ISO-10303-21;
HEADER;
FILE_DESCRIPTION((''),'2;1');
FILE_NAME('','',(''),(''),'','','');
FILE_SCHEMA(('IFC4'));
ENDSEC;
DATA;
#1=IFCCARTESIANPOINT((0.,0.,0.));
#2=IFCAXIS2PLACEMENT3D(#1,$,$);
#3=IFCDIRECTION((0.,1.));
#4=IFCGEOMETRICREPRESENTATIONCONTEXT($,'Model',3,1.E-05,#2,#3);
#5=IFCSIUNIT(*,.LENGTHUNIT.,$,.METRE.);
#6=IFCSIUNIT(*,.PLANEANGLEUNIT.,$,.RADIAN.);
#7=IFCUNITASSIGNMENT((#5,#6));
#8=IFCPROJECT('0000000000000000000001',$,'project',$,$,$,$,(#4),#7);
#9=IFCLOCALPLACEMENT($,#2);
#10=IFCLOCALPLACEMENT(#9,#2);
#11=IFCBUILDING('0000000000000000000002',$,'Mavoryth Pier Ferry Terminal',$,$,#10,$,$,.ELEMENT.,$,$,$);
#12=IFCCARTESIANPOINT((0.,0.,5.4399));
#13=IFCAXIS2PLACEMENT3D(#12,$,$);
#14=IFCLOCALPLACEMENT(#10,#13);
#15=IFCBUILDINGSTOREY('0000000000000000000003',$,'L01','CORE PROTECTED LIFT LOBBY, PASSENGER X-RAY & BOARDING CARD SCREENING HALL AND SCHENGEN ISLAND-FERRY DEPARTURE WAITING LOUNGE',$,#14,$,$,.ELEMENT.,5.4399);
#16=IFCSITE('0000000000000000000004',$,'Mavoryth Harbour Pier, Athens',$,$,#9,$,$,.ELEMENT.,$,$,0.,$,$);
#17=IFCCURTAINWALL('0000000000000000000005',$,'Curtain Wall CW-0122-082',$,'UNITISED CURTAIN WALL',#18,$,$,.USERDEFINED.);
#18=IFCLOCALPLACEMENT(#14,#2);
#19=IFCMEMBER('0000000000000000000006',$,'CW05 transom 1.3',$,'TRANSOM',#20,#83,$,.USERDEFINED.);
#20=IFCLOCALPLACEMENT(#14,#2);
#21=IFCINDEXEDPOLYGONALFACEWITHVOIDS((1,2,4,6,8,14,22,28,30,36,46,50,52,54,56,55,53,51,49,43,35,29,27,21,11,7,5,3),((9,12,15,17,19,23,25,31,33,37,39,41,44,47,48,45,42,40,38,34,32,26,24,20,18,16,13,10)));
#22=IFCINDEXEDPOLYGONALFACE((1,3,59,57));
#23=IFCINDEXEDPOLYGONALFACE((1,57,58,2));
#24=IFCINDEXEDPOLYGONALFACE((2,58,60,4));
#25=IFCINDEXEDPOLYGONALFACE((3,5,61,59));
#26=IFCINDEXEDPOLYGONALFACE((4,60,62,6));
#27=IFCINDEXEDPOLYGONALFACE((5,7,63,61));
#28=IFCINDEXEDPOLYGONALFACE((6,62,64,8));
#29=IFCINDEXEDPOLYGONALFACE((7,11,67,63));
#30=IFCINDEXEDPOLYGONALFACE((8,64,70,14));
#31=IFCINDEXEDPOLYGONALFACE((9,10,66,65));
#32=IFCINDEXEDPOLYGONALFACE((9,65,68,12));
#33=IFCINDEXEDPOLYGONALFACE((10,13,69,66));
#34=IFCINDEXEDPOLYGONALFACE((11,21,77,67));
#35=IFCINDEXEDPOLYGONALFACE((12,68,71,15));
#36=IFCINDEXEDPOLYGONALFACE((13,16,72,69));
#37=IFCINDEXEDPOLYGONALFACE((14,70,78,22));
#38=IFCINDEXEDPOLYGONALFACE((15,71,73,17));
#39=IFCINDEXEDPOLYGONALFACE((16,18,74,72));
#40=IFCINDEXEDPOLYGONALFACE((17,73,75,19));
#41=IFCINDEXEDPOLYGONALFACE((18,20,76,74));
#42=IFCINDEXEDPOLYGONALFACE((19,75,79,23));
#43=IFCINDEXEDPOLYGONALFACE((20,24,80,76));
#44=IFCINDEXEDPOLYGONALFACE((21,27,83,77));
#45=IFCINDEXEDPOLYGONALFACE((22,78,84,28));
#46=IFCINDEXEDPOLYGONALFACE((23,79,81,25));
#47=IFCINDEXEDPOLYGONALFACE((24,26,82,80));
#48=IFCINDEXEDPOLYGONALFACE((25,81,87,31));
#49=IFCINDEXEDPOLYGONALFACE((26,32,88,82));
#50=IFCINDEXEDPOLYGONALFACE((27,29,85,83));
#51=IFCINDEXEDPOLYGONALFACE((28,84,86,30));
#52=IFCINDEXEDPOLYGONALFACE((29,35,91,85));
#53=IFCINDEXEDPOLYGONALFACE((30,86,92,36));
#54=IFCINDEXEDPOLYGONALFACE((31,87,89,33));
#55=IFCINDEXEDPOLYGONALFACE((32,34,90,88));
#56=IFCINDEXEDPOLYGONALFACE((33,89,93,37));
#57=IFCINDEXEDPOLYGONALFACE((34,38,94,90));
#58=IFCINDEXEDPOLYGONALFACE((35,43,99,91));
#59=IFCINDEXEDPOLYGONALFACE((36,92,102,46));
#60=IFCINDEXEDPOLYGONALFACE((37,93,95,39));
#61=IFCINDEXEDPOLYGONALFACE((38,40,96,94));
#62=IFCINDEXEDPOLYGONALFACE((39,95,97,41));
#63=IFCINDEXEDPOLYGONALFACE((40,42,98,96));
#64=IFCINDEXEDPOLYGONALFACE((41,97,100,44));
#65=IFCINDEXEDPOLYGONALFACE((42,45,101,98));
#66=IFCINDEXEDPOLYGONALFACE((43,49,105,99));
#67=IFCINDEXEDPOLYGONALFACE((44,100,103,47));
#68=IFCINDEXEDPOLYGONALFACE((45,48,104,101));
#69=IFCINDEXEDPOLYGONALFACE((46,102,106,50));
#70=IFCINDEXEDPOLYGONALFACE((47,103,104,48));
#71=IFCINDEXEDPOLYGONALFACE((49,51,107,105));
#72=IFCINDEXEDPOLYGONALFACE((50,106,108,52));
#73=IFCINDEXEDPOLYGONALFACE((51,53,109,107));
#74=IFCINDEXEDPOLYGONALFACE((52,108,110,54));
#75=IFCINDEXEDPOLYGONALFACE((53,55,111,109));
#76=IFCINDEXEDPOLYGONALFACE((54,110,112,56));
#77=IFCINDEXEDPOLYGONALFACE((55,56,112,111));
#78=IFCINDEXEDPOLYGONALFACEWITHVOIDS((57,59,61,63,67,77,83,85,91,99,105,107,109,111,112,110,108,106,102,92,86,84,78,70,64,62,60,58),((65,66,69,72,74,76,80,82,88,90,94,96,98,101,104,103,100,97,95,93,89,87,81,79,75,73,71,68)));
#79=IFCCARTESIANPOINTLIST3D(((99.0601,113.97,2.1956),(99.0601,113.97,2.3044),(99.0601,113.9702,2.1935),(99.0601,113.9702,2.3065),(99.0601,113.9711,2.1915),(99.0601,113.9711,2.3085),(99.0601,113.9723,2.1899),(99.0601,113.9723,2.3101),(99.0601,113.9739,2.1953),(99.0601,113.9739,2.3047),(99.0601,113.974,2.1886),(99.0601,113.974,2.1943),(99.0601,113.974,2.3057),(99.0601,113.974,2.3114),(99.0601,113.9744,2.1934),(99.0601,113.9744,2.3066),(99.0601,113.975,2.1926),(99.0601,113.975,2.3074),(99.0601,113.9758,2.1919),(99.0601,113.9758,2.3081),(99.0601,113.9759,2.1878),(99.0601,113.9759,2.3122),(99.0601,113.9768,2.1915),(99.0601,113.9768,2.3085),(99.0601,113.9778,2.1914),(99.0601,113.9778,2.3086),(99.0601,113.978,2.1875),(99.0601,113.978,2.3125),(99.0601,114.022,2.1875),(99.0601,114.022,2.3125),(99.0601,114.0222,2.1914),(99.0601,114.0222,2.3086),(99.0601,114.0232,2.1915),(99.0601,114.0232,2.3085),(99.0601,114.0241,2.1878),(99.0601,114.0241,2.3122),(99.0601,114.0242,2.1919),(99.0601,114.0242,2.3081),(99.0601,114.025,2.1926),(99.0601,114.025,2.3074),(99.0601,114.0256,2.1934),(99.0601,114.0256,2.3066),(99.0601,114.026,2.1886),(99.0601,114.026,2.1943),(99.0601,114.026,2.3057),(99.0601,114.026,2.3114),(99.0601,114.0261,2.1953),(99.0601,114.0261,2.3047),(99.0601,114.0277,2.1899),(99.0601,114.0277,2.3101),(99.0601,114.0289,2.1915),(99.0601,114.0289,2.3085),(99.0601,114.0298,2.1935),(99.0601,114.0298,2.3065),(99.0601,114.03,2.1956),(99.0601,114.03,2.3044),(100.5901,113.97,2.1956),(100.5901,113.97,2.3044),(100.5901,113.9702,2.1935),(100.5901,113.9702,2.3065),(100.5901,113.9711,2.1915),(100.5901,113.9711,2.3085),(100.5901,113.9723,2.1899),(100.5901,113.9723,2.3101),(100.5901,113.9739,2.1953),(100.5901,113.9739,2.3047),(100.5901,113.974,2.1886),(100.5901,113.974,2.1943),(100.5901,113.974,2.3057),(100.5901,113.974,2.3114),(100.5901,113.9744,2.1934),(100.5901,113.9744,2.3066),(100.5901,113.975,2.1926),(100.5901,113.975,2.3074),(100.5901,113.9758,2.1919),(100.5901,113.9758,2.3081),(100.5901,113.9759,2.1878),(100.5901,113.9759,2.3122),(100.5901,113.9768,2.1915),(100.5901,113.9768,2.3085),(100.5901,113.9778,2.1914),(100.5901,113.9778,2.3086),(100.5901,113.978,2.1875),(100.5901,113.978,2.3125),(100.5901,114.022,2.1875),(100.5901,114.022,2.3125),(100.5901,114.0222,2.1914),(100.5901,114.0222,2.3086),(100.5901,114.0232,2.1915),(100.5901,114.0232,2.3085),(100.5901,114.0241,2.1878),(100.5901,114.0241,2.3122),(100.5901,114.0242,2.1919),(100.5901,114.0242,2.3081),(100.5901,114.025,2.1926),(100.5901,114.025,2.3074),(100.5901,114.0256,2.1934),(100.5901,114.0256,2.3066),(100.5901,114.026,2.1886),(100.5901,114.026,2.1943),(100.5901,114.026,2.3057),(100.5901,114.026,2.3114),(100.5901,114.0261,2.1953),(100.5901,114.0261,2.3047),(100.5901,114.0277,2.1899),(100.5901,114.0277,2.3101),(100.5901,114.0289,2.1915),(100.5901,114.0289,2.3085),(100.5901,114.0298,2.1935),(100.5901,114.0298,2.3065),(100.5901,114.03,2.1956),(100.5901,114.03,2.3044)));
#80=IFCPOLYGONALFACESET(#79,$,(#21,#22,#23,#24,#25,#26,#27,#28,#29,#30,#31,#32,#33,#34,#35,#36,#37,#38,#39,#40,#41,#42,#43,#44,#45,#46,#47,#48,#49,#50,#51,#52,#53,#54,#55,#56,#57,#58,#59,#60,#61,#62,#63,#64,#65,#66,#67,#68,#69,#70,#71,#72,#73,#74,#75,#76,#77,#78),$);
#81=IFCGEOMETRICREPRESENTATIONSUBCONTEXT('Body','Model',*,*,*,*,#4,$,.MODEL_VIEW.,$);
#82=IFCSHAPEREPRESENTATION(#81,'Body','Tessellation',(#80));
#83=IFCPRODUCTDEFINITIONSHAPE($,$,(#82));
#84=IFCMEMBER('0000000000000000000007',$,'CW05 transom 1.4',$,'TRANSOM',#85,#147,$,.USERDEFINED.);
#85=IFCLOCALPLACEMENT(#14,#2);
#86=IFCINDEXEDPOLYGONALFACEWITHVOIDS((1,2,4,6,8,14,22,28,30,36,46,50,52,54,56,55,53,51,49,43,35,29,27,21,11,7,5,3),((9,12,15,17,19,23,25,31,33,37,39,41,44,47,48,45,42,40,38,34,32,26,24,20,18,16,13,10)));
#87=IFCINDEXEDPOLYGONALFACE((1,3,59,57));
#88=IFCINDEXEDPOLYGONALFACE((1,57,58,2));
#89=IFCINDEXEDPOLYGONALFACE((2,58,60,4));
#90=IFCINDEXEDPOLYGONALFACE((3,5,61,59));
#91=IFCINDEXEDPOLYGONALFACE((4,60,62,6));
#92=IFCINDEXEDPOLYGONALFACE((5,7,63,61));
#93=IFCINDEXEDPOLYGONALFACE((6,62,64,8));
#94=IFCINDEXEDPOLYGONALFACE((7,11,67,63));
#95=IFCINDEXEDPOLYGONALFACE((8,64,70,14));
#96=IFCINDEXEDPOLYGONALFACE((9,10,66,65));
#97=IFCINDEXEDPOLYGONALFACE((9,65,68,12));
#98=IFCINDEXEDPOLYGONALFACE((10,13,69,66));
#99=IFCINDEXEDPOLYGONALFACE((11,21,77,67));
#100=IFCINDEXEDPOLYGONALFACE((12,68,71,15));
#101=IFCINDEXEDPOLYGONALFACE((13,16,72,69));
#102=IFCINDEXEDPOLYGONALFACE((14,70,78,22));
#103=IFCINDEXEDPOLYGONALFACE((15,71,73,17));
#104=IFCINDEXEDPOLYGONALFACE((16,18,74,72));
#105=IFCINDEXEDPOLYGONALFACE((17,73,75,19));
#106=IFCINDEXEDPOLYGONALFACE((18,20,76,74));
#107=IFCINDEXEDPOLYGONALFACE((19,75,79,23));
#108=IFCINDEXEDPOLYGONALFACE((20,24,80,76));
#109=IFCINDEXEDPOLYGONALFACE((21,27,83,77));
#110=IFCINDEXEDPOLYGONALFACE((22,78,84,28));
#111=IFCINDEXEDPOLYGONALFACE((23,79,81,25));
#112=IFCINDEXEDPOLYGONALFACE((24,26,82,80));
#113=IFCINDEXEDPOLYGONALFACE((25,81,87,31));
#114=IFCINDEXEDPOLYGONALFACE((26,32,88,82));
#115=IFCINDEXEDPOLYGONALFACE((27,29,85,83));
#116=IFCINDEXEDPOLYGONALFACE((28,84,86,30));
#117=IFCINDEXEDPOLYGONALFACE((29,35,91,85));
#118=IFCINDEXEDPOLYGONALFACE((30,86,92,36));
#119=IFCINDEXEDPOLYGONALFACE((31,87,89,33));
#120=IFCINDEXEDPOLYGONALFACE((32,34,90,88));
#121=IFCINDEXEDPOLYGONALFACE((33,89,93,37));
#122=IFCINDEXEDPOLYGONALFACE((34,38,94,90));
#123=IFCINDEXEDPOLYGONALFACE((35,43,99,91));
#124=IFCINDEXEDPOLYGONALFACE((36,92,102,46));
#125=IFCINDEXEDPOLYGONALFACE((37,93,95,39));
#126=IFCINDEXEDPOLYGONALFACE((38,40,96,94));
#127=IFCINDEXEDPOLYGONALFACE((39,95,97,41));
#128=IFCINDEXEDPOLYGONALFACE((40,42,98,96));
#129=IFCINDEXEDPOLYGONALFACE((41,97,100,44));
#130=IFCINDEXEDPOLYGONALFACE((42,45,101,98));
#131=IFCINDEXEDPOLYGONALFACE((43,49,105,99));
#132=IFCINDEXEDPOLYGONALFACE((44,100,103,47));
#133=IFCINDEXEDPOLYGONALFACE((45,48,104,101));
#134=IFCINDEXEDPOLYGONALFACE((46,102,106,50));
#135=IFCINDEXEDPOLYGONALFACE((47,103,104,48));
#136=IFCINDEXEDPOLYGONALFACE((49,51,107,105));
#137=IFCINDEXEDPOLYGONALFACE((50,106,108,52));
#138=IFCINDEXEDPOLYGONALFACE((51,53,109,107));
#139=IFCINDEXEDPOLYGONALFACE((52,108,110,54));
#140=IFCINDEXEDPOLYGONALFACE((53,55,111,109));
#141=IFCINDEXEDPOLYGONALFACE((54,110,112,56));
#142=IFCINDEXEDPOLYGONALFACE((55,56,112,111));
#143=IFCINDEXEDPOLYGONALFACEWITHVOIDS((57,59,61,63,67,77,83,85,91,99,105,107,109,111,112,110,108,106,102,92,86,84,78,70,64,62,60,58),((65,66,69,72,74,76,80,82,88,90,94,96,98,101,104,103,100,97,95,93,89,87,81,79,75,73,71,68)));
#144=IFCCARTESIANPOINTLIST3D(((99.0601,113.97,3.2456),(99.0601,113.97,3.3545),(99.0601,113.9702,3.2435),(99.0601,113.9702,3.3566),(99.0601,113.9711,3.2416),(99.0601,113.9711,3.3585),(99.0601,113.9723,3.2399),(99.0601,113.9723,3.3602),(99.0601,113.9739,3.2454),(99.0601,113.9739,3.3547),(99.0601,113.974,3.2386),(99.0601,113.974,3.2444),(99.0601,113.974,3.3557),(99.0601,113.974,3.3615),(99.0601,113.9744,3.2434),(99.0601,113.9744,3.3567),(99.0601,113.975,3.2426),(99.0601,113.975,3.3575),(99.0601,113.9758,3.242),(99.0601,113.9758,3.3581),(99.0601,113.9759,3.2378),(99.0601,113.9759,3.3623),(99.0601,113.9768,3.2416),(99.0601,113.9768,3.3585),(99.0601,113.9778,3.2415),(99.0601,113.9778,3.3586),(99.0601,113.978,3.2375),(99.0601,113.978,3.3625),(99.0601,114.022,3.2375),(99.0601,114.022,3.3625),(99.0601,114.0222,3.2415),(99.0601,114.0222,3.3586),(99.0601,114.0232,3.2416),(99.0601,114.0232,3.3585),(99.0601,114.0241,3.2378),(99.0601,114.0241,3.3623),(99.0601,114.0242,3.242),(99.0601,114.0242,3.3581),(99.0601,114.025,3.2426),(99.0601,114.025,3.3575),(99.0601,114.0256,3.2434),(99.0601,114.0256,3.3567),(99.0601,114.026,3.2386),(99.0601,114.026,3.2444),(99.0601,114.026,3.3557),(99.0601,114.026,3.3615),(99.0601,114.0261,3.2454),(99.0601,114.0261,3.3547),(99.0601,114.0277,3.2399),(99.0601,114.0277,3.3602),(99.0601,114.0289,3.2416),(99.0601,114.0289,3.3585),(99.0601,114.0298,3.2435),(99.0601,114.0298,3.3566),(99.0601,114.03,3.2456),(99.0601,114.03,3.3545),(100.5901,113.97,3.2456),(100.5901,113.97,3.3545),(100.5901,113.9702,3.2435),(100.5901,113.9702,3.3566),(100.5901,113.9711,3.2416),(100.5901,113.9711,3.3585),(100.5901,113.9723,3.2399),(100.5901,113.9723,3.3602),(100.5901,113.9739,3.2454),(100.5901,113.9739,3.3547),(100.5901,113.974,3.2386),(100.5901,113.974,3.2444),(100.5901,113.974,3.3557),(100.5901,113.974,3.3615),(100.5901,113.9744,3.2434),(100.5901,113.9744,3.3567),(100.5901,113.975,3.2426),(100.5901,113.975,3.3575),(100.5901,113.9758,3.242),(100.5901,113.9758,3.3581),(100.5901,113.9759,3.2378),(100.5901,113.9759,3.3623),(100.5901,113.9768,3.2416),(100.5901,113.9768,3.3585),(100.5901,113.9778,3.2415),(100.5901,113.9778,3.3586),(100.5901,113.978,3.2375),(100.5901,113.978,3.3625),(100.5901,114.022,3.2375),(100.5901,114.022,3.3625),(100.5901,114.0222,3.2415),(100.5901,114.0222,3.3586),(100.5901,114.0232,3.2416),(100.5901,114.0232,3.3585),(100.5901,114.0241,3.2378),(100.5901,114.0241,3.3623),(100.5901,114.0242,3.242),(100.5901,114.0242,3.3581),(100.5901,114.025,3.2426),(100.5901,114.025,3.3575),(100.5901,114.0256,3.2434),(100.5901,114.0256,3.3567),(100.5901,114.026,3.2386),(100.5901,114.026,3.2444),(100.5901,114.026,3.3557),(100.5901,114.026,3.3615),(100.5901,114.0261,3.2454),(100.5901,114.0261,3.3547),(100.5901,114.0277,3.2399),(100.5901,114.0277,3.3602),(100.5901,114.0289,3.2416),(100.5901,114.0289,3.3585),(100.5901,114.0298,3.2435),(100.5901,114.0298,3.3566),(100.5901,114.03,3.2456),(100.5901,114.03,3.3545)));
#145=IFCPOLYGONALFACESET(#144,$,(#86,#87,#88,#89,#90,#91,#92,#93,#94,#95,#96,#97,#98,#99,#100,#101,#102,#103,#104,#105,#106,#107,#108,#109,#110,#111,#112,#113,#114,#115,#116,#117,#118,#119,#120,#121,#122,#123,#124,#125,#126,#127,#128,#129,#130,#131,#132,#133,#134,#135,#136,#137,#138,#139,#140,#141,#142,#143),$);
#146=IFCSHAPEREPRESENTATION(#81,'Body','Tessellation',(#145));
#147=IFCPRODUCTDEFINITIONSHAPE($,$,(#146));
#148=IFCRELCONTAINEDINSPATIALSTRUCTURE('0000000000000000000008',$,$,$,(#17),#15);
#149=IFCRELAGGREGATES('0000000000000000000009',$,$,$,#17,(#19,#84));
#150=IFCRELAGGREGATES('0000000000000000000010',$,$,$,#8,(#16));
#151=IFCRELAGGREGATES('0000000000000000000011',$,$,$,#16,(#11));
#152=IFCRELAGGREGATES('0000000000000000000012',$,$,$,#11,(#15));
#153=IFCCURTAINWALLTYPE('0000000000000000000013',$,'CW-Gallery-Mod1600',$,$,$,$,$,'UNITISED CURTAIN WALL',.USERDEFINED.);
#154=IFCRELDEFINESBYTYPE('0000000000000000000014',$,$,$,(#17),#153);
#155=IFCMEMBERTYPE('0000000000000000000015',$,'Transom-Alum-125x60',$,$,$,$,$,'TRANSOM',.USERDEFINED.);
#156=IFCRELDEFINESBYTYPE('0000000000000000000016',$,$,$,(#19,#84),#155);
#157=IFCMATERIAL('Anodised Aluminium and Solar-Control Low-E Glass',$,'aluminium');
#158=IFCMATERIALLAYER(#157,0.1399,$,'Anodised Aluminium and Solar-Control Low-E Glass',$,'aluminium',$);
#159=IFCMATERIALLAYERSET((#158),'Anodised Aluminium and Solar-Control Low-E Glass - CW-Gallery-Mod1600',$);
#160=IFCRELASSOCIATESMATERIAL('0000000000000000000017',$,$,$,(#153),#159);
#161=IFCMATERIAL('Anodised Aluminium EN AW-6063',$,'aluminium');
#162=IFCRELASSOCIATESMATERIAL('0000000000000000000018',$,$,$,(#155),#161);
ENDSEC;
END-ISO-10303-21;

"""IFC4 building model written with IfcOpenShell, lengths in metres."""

from ifc_helpers import new_model, si_unit, direction, frame, origin, origin_2d, place, context, subcontext, project, spatial, hollow_rectangle, extrude, material, layer, layer_set, material_profile, profile_set, type_object, element, aggregate, save


model = new_model("IFC4")

# Units and contexts
model_context = context("Model", 3, precision=1e-05, world=origin(), true_north=direction((0.0, 1.0)))
body_context = subcontext(model_context, "Body", "Model", "MODEL_VIEW")
ifc_project = project(units=[si_unit("LENGTHUNIT", "METRE"), si_unit("PLANEANGLEUNIT", "RADIAN")], contexts=[model_context])

# Site, building, storey
site_placement = place(None, origin())
site = spatial("IfcSite", under=ifc_project, at=site_placement, Name="Mavoryth Harbour Pier, Athens", CompositionType="ELEMENT", RefElevation=0.0)
building_placement = place(site_placement, origin())
building = spatial("IfcBuilding", under=site, at=building_placement, Name="Mavoryth Pier Ferry Terminal", CompositionType="ELEMENT")
storey_placement = place(building_placement, frame((0.0, 0.0, 5.4399)))
storey = spatial("IfcBuildingStorey", under=building, at=storey_placement, Name="L01", Description="CORE PROTECTED LIFT LOBBY, PASSENGER X-RAY & BOARDING CARD SCREENING HALL AND SCHENGEN ISLAND-FERRY DEPARTURE WAITING LOUNGE", CompositionType="ELEMENT", Elevation=5.4399)

# Curtain wall, members
ifc_material_1 = material(Name="Anodised Aluminium and Solar-Control Low-E Glass", Category="aluminium")
ifc_layer_1 = layer(ifc_material_1, 0.1399, Name="Anodised Aluminium and Solar-Control Low-E Glass", Category="aluminium")
ifc_layer_set_1 = layer_set([ifc_layer_1], Name="Anodised Aluminium and Solar-Control Low-E Glass - CW-Gallery-Mod1600")
curtain_wall_type = type_object("IfcCurtainWallType", Name="CW-Gallery-Mod1600", ElementType="UNITISED CURTAIN WALL", PredefinedType="USERDEFINED", material=ifc_layer_set_1)
curtain_wall_placement = place(storey_placement, origin())
curtain_wall = element("IfcCurtainWall", 1, at=curtain_wall_placement, inside=storey, type_object=curtain_wall_type, Name="Curtain Wall CW-0122-082", ObjectType="UNITISED CURTAIN WALL", PredefinedType="USERDEFINED")
ifc_material_2 = material(Name="Anodised Aluminium EN AW-6063", Category="aluminium")
ifc_material_profile_1 = material_profile(ifc_material_2, hollow_rectangle(XDim=0.0601, YDim=0.125, WallThickness=0.0039, InnerFilletRadius=0.0039, OuterFilletRadius=0.0081, at=origin_2d()), Name="AL-TRAN 125x60x4", Category="aluminium")
ifc_profile_set_1 = profile_set([ifc_material_profile_1], Name="Anodised Aluminium EN AW-6063 - AL-TRAN 125x60x4")
member_type_1 = type_object("IfcMemberType", Name="Transom-Alum-125x60", ElementType="TRANSOM", PredefinedType="USERDEFINED", material=ifc_profile_set_1)
member_1_placement = place(storey_placement, frame((100.5901, 114.0, 2.25), z_axis=(-1.0, 0.0, 0.0), x_axis=(0.0, -1.0, 0.0)))
member_1 = element("IfcMember", 2, at=member_1_placement, type_object=member_type_1, Name="CW05 transom 1.3", ObjectType="TRANSOM", PredefinedType="USERDEFINED", context=body_context, shape_type="SweptSolid", body=[
    extrude(hollow_rectangle(XDim=0.0601, YDim=0.125, WallThickness=0.0039, InnerFilletRadius=0.0039, OuterFilletRadius=0.0081, at=origin_2d()), origin(), (0.0, 0.0, 1.0), 1.53),
])
member_2_placement = place(storey_placement, frame((100.5901, 114.0, 3.3), z_axis=(-1.0, 0.0, 0.0), x_axis=(0.0, -1.0, 0.0)))
member_2 = element("IfcMember", 3, at=member_2_placement, type_object=member_type_1, Name="CW05 transom 1.4", ObjectType="TRANSOM", PredefinedType="USERDEFINED", context=body_context, shape_type="SweptSolid", body=[
    extrude(hollow_rectangle(XDim=0.0601, YDim=0.125, WallThickness=0.0039, InnerFilletRadius=0.0039, OuterFilletRadius=0.0081, at=origin_2d()), origin(), (0.0, 0.0, 1.0), 1.53),
])
aggregate(curtain_wall, [member_1, member_2])

save(model, "model.ifc")
